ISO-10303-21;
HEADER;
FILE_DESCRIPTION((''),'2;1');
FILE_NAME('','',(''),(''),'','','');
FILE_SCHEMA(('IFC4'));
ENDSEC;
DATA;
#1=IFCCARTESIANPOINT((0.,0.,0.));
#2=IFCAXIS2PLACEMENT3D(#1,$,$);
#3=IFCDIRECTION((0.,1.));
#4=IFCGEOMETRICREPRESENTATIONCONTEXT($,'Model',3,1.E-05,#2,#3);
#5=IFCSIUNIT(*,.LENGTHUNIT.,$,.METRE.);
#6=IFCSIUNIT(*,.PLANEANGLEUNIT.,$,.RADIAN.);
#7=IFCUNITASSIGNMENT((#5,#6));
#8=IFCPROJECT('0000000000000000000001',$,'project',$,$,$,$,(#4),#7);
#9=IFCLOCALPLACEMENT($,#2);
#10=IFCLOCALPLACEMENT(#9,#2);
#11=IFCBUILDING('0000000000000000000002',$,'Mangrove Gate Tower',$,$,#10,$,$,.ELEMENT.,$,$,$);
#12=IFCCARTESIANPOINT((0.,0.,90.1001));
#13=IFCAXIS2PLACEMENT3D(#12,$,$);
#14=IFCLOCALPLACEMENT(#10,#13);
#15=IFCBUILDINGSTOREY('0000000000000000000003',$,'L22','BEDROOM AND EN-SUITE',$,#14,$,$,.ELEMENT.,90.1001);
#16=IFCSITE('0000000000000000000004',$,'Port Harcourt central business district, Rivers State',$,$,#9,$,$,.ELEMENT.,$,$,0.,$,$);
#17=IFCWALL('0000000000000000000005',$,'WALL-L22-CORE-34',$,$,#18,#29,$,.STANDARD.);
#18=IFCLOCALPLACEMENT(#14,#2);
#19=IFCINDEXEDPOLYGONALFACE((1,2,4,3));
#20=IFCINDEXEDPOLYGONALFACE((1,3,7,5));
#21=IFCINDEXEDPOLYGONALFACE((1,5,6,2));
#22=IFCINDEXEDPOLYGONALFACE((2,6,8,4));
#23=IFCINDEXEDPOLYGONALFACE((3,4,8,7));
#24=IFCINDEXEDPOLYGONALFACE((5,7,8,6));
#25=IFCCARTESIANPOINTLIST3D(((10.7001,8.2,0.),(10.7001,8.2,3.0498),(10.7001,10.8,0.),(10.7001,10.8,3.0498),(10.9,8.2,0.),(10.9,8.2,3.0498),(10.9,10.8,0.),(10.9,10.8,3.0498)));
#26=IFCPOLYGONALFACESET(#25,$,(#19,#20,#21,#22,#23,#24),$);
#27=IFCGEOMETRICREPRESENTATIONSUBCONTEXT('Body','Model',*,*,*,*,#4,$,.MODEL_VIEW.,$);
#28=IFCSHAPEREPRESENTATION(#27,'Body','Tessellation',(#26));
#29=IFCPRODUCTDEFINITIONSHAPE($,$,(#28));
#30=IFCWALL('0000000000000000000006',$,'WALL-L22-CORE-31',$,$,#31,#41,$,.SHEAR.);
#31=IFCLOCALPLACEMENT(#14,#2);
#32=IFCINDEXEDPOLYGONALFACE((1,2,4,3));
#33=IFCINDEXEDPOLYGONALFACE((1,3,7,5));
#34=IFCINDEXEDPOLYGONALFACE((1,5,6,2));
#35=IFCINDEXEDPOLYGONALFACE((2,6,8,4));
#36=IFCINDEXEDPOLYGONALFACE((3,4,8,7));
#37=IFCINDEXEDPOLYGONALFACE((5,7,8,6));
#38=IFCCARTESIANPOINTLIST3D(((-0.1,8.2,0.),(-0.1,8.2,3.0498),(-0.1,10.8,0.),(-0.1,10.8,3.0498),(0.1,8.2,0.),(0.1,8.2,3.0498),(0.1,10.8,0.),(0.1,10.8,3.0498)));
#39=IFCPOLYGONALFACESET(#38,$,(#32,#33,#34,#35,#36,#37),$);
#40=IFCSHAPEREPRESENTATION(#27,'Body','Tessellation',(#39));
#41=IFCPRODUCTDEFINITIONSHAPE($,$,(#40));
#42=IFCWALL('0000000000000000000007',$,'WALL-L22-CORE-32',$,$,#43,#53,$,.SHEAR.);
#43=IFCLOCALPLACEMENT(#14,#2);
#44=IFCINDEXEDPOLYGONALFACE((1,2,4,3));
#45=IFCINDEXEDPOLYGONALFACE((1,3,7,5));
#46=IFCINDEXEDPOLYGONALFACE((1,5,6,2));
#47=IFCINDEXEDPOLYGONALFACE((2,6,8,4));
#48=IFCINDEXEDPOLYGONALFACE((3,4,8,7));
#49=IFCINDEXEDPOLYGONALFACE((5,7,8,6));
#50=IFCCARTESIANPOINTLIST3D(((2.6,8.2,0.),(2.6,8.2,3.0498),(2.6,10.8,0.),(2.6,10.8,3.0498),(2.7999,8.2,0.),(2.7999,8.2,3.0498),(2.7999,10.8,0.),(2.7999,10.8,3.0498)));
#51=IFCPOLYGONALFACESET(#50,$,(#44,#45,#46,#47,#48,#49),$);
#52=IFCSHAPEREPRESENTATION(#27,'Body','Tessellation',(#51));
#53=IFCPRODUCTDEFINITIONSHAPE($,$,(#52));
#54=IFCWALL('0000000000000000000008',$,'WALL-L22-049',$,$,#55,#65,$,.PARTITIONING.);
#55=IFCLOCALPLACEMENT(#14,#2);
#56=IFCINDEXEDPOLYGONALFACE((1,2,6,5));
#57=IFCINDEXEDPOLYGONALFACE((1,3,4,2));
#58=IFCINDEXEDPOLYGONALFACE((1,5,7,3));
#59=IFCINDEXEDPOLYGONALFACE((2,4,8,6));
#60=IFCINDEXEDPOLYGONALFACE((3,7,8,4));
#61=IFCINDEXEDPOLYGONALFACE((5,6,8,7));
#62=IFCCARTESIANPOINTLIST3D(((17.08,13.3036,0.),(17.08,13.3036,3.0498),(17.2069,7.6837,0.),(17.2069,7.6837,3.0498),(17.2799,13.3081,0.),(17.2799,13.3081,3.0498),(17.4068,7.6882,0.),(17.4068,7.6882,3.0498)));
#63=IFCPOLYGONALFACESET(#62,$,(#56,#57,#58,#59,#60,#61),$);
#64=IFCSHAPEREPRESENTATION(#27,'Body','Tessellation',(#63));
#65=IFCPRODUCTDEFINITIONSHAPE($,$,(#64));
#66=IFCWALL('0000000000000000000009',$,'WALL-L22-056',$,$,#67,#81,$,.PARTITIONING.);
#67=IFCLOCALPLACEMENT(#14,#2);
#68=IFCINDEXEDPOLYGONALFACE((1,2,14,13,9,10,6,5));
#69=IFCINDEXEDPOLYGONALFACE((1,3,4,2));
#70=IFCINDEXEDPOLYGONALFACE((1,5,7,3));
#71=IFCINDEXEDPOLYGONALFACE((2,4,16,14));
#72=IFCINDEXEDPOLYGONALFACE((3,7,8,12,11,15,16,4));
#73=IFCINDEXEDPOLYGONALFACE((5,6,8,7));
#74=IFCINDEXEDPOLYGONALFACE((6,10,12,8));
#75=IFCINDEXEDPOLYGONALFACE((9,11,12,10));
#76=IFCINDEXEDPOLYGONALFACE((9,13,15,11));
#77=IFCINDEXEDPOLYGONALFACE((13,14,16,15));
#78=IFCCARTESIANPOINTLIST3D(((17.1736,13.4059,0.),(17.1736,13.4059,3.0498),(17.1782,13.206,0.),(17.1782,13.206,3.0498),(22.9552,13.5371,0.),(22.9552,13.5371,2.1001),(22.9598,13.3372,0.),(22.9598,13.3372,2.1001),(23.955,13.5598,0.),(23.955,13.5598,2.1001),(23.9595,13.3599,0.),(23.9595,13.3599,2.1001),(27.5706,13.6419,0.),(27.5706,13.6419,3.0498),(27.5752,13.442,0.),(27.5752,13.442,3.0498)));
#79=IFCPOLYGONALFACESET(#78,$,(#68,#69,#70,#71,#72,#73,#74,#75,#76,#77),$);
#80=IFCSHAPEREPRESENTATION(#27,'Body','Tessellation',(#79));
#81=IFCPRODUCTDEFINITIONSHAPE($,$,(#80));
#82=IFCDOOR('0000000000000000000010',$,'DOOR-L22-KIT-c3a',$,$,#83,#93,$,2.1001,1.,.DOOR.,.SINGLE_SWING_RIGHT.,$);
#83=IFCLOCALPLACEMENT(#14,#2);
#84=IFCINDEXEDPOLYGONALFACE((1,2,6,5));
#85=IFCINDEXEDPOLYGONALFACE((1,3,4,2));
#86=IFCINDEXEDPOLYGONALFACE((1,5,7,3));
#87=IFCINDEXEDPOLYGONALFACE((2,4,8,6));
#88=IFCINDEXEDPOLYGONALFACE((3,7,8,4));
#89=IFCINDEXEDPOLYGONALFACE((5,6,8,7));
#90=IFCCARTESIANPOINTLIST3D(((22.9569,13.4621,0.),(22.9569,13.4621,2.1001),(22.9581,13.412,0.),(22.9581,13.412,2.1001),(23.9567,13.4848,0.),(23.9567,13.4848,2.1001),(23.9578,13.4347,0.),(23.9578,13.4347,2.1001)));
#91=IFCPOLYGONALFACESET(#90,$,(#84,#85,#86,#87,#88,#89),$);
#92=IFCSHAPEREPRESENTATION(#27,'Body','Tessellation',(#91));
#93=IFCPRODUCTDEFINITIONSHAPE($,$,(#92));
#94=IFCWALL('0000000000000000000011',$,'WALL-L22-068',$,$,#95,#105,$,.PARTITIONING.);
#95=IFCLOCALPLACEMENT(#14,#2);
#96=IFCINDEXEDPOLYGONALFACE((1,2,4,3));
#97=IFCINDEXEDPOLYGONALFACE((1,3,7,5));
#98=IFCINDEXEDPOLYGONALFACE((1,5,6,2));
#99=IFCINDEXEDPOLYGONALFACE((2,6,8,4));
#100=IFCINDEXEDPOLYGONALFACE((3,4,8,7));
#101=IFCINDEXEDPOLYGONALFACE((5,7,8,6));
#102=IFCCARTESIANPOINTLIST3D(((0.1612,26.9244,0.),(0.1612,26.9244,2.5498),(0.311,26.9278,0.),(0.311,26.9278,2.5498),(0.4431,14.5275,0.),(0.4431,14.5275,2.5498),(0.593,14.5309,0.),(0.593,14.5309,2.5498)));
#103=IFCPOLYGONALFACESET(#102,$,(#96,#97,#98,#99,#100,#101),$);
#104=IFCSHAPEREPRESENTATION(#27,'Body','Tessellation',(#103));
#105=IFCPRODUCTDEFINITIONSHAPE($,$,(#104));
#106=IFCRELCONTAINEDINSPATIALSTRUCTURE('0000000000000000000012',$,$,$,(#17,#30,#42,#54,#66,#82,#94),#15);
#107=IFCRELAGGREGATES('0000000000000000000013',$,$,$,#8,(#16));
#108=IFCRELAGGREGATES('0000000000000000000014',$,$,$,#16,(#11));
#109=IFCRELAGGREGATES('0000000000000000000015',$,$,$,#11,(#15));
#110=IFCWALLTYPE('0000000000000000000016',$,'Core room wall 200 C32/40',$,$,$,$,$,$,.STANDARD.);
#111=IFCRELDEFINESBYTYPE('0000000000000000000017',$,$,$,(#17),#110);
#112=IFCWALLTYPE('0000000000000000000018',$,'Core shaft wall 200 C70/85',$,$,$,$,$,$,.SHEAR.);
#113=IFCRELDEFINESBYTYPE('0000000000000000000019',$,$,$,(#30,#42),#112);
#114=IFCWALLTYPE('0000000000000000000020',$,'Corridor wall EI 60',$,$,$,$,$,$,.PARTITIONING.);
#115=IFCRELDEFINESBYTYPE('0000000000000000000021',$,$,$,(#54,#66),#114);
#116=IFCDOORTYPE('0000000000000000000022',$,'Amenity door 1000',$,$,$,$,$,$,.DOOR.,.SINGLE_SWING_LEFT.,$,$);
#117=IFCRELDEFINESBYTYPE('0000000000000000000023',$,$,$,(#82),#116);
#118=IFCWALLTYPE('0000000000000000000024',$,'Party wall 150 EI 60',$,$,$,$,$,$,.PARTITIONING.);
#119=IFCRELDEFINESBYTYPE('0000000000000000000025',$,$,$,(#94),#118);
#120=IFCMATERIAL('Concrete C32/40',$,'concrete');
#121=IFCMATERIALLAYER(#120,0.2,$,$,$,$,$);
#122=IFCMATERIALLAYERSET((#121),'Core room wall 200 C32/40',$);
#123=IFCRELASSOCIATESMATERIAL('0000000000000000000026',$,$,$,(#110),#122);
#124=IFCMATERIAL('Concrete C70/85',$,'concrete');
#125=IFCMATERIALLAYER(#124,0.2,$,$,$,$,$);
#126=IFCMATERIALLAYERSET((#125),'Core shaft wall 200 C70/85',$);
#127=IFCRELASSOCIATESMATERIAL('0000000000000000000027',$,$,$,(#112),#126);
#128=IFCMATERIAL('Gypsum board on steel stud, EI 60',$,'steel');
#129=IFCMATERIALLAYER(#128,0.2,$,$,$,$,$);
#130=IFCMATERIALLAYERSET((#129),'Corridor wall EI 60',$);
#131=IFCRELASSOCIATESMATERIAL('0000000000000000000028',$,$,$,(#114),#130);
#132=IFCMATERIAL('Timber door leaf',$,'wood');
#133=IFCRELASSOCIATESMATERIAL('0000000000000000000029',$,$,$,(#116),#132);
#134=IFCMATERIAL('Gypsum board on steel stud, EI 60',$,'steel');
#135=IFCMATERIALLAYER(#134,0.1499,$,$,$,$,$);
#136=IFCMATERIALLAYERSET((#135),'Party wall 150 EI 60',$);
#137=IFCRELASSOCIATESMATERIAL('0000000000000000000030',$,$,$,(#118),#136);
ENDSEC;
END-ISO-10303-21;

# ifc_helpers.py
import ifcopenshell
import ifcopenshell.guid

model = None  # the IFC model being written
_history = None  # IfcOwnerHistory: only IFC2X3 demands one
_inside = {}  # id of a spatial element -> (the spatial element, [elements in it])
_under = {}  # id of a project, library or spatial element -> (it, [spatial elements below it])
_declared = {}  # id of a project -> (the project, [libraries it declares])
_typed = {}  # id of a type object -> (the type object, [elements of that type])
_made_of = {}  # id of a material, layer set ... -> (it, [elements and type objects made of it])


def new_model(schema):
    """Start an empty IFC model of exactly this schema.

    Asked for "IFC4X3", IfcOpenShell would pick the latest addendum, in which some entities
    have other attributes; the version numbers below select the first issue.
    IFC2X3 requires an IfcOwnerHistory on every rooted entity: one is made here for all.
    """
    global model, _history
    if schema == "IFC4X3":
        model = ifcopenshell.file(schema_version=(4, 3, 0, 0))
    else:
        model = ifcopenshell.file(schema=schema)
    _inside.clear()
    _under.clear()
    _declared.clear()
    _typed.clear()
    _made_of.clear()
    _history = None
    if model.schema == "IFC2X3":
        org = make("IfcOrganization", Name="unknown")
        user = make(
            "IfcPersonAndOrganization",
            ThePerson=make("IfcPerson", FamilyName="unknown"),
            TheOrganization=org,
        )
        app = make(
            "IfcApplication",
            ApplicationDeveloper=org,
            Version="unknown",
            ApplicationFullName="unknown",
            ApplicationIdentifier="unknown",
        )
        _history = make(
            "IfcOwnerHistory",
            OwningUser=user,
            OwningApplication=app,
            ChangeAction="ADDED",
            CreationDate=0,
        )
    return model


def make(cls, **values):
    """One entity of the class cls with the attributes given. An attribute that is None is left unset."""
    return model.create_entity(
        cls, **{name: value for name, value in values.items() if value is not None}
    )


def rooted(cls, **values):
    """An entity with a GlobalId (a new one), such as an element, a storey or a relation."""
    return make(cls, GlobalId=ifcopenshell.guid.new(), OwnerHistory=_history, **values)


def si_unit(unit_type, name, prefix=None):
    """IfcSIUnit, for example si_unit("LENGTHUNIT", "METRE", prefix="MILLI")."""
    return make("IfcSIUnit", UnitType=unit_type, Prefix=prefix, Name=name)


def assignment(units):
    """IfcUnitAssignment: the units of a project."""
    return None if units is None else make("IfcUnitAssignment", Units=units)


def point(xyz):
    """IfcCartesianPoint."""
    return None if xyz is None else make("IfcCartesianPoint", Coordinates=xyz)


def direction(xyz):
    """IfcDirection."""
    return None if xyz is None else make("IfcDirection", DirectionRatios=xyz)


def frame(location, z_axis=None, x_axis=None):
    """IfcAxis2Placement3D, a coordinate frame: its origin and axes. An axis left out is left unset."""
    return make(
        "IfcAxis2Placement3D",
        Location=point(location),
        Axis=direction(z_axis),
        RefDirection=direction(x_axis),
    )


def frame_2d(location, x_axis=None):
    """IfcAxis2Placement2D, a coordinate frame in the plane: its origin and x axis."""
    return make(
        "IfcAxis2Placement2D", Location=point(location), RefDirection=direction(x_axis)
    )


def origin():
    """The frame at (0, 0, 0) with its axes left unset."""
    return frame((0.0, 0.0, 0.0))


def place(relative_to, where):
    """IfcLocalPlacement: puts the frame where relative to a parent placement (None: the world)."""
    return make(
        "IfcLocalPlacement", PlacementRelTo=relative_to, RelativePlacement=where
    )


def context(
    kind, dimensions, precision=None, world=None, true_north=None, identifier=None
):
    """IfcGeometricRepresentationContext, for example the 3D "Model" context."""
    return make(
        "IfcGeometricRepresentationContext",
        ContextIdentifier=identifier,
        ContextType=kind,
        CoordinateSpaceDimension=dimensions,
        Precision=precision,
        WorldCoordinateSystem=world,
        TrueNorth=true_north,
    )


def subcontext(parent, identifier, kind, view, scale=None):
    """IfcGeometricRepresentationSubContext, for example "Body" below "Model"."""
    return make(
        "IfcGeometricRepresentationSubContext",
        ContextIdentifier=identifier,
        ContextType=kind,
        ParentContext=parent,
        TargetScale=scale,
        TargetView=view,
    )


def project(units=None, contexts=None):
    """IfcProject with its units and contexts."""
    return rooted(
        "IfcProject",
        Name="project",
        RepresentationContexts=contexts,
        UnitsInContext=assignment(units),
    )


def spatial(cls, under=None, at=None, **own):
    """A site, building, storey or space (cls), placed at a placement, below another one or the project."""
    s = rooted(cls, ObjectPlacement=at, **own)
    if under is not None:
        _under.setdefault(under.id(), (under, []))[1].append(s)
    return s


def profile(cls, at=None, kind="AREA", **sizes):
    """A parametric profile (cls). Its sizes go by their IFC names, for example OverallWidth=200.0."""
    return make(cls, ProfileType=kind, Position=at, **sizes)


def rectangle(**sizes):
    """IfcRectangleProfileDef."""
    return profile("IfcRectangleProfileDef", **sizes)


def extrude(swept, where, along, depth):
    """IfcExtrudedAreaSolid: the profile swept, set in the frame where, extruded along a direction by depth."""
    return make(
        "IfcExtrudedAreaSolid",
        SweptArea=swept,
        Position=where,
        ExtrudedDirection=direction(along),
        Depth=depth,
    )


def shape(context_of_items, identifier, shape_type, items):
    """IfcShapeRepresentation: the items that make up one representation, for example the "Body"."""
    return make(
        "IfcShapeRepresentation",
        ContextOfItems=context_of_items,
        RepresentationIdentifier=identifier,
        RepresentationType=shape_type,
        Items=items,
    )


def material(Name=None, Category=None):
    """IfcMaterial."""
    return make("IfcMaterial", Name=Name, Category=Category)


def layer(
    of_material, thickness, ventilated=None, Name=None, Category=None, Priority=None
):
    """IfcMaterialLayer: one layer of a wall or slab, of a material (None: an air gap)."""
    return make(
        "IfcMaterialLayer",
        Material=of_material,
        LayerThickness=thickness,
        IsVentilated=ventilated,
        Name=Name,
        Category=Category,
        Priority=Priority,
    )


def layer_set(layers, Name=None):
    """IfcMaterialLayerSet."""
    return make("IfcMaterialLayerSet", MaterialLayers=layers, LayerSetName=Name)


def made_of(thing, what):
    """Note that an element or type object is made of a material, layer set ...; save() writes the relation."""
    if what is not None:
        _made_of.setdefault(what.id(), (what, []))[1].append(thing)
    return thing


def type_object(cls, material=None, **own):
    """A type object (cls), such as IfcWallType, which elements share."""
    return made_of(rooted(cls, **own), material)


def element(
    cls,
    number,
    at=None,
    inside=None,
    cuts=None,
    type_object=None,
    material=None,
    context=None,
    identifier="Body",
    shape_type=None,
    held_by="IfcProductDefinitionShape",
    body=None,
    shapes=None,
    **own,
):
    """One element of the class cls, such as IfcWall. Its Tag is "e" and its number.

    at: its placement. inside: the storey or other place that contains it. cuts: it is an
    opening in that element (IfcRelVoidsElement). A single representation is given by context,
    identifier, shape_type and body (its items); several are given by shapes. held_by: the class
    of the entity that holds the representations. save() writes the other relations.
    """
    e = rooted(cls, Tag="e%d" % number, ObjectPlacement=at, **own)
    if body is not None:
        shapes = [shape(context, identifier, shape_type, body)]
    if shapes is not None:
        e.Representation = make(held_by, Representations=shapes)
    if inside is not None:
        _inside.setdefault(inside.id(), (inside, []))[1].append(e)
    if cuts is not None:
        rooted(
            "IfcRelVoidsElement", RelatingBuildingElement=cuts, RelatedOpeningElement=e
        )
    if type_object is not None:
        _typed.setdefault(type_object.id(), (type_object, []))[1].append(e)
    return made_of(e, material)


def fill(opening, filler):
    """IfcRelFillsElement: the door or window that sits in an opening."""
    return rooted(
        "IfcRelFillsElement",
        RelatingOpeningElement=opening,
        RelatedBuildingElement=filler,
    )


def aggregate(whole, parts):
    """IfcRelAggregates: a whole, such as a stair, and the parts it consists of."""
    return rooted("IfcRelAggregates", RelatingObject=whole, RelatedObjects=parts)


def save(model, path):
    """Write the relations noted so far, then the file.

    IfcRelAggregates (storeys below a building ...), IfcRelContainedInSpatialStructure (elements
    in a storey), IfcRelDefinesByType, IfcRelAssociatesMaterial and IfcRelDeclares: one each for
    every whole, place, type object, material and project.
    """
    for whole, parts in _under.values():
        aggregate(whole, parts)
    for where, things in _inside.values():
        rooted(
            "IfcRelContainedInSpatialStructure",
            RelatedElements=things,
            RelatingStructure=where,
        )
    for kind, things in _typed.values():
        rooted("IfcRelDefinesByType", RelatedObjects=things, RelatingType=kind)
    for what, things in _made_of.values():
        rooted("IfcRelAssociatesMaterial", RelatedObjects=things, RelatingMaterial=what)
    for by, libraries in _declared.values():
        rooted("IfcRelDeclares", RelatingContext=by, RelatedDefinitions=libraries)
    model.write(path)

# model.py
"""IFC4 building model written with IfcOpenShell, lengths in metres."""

from ifc_helpers import new_model, si_unit, direction, frame, frame_2d, origin, place, context, subcontext, project, spatial, rectangle, extrude, material, layer, layer_set, type_object, element, fill, save


model = new_model("IFC4")

# Units and contexts
model_context = context("Model", 3, precision=1e-05, world=origin(), true_north=direction((0.0, 1.0)))
body_context = subcontext(model_context, "Body", "Model", "MODEL_VIEW")
ifc_project = project(units=[si_unit("LENGTHUNIT", "METRE"), si_unit("PLANEANGLEUNIT", "RADIAN")], contexts=[model_context])

# Site, building, storey
site_placement = place(None, origin())
site = spatial("IfcSite", under=ifc_project, at=site_placement, Name="Port Harcourt central business district, Rivers State", CompositionType="ELEMENT", RefElevation=0.0)
building_placement = place(site_placement, origin())
building = spatial("IfcBuilding", under=site, at=building_placement, Name="Mangrove Gate Tower", CompositionType="ELEMENT")
storey_placement = place(building_placement, frame((0.0, 0.0, 90.1001)))
storey = spatial("IfcBuildingStorey", under=building, at=storey_placement, Name="L22", Description="BEDROOM AND EN-SUITE", CompositionType="ELEMENT", Elevation=90.1001)

# Walls
ifc_material_1 = material(Name="Concrete C32/40", Category="concrete")
ifc_layer_1 = layer(ifc_material_1, 0.2)
ifc_layer_set_1 = layer_set([ifc_layer_1], Name="Core room wall 200 C32/40")
wall_type_1 = type_object("IfcWallType", Name="Core room wall 200 C32/40", PredefinedType="STANDARD", material=ifc_layer_set_1)
for number, where, z_axis, x_axis, name in (
    (1, (10.8, 8.2, 0.0), (0.0, 0.0, 1.0), (0.0, 1.0, 0.0), "WALL-L22-CORE-34"),
):
    element("IfcWall", number, at=place(storey_placement, frame(where, z_axis=z_axis, x_axis=x_axis)), inside=storey, type_object=wall_type_1, Name=name, PredefinedType="STANDARD", context=body_context, shape_type="SweptSolid", body=[
        extrude(rectangle(XDim=2.6001, YDim=0.2, at=frame_2d((1.3, 0.0))), origin(), (0.0, 0.0, 1.0), 3.0498),
    ])
ifc_material_2 = material(Name="Concrete C70/85", Category="concrete")
ifc_layer_2 = layer(ifc_material_2, 0.2)
ifc_layer_set_2 = layer_set([ifc_layer_2], Name="Core shaft wall 200 C70/85")
wall_type_2 = type_object("IfcWallType", Name="Core shaft wall 200 C70/85", PredefinedType="SHEAR", material=ifc_layer_set_2)
for number, where, z_axis, x_axis, name in (
    (2, (0.0, 8.2, 0.0), (0.0, 0.0, 1.0), (0.0, 1.0, 0.0), "WALL-L22-CORE-31"),
    (3, (2.7, 8.2, 0.0), (0.0, 0.0, 1.0), (0.0, 1.0, 0.0), "WALL-L22-CORE-32"),
):
    element("IfcWall", number, at=place(storey_placement, frame(where, z_axis=z_axis, x_axis=x_axis)), inside=storey, type_object=wall_type_2, Name=name, PredefinedType="SHEAR", context=body_context, shape_type="SweptSolid", body=[
        extrude(rectangle(XDim=2.6001, YDim=0.2, at=frame_2d((1.3, 0.0))), origin(), (0.0, 0.0, 1.0), 3.0498),
    ])
ifc_material_3 = material(Name="Gypsum board on steel stud, EI 60", Category="steel")
ifc_layer_3 = layer(ifc_material_3, 0.2)
ifc_layer_set_3 = layer_set([ifc_layer_3], Name="Corridor wall EI 60")
wall_type_3 = type_object("IfcWallType", Name="Corridor wall EI 60", PredefinedType="PARTITIONING", material=ifc_layer_set_3)
wall_1_placement = place(storey_placement, frame((17.3069, 7.686, 0.0), z_axis=(0.0, 0.0, 1.0), x_axis=(-0.022584, 0.999745, 0.0)))
element("IfcWall", 4, at=wall_1_placement, inside=storey, type_object=wall_type_3, Name="WALL-L22-049", PredefinedType="PARTITIONING", context=body_context, shape_type="SweptSolid", body=[
    extrude(rectangle(XDim=5.6213, YDim=0.2, at=frame_2d((2.8105, 0.0))), origin(), (0.0, 0.0, 1.0), 3.0498),
])

# Wall, opening, door
wall_2_placement = place(storey_placement, frame((17.176, 13.3059, 0.0), z_axis=(0.0, 0.0, 1.0), x_axis=(0.999742, 0.022701, 0.0)))
wall_2 = element("IfcWall", 5, at=wall_2_placement, inside=storey, type_object=wall_type_3, Name="WALL-L22-056", PredefinedType="PARTITIONING", context=body_context, shape_type="SweptSolid", body=[
    extrude(rectangle(XDim=10.3997, YDim=0.2, at=frame_2d((5.1997, 0.0))), origin(), (0.0, 0.0, 1.0), 3.0498),
])
opening_1_placement = place(wall_2_placement, frame((5.783, 0.0, 0.0)))
opening_1 = element("IfcOpeningElement", 6, at=opening_1_placement, cuts=wall_2, PredefinedType="OPENING", context=body_context, shape_type="SweptSolid", body=[
    extrude(rectangle(XDim=1.0, YDim=2.1001, at=frame_2d((0.5, 1.05))), frame((0.0, 0.1099, 0.0), z_axis=(0.0, -1.0, 0.0), x_axis=(1.0, 0.0, 0.0)), (0.0, 0.0, 1.0), 0.22),
])
ifc_material_4 = material(Name="Timber door leaf", Category="wood")
door_type_1 = type_object("IfcDoorType", Name="Amenity door 1000", OperationType="SINGLE_SWING_LEFT", PredefinedType="DOOR", material=ifc_material_4)
door_1_placement = place(opening_1_placement, origin())
door_1 = element("IfcDoor", 7, at=door_1_placement, inside=storey, type_object=door_type_1, Name="DOOR-L22-KIT-c3a", OperationType="SINGLE_SWING_RIGHT", OverallHeight=2.1001, OverallWidth=1.0, PredefinedType="DOOR", context=body_context, shape_type="SweptSolid", body=[
    extrude(rectangle(XDim=1.0, YDim=2.1001, at=frame_2d((0.5, 1.05))), frame((0.0, 0.0249, 0.0), z_axis=(0.0, -1.0, 0.0), x_axis=(1.0, 0.0, 0.0)), (0.0, 0.0, 1.0), 0.05),
])
fill(opening_1, door_1)

# Wall
ifc_material_5 = material(Name="Gypsum board on steel stud, EI 60", Category="steel")
ifc_layer_4 = layer(ifc_material_5, 0.1499)
ifc_layer_set_4 = layer_set([ifc_layer_4], Name="Party wall 150 EI 60")
wall_type_4 = type_object("IfcWallType", Name="Party wall 150 EI 60", PredefinedType="PARTITIONING", material=ifc_layer_set_4)
wall_3_placement = place(storey_placement, frame((0.5181, 14.5291, 0.0), z_axis=(0.0, 0.0, 1.0), x_axis=(-0.02274, 0.999741, 0.0)))
element("IfcWall", 8, at=wall_3_placement, inside=storey, type_object=wall_type_4, Name="WALL-L22-068", PredefinedType="PARTITIONING", context=body_context, shape_type="SweptSolid", body=[
    extrude(rectangle(XDim=12.4001, YDim=0.1499, at=frame_2d((6.2002, 0.0))), origin(), (0.0, 0.0, 1.0), 2.5498),
])

save(model, "model.ifc")
